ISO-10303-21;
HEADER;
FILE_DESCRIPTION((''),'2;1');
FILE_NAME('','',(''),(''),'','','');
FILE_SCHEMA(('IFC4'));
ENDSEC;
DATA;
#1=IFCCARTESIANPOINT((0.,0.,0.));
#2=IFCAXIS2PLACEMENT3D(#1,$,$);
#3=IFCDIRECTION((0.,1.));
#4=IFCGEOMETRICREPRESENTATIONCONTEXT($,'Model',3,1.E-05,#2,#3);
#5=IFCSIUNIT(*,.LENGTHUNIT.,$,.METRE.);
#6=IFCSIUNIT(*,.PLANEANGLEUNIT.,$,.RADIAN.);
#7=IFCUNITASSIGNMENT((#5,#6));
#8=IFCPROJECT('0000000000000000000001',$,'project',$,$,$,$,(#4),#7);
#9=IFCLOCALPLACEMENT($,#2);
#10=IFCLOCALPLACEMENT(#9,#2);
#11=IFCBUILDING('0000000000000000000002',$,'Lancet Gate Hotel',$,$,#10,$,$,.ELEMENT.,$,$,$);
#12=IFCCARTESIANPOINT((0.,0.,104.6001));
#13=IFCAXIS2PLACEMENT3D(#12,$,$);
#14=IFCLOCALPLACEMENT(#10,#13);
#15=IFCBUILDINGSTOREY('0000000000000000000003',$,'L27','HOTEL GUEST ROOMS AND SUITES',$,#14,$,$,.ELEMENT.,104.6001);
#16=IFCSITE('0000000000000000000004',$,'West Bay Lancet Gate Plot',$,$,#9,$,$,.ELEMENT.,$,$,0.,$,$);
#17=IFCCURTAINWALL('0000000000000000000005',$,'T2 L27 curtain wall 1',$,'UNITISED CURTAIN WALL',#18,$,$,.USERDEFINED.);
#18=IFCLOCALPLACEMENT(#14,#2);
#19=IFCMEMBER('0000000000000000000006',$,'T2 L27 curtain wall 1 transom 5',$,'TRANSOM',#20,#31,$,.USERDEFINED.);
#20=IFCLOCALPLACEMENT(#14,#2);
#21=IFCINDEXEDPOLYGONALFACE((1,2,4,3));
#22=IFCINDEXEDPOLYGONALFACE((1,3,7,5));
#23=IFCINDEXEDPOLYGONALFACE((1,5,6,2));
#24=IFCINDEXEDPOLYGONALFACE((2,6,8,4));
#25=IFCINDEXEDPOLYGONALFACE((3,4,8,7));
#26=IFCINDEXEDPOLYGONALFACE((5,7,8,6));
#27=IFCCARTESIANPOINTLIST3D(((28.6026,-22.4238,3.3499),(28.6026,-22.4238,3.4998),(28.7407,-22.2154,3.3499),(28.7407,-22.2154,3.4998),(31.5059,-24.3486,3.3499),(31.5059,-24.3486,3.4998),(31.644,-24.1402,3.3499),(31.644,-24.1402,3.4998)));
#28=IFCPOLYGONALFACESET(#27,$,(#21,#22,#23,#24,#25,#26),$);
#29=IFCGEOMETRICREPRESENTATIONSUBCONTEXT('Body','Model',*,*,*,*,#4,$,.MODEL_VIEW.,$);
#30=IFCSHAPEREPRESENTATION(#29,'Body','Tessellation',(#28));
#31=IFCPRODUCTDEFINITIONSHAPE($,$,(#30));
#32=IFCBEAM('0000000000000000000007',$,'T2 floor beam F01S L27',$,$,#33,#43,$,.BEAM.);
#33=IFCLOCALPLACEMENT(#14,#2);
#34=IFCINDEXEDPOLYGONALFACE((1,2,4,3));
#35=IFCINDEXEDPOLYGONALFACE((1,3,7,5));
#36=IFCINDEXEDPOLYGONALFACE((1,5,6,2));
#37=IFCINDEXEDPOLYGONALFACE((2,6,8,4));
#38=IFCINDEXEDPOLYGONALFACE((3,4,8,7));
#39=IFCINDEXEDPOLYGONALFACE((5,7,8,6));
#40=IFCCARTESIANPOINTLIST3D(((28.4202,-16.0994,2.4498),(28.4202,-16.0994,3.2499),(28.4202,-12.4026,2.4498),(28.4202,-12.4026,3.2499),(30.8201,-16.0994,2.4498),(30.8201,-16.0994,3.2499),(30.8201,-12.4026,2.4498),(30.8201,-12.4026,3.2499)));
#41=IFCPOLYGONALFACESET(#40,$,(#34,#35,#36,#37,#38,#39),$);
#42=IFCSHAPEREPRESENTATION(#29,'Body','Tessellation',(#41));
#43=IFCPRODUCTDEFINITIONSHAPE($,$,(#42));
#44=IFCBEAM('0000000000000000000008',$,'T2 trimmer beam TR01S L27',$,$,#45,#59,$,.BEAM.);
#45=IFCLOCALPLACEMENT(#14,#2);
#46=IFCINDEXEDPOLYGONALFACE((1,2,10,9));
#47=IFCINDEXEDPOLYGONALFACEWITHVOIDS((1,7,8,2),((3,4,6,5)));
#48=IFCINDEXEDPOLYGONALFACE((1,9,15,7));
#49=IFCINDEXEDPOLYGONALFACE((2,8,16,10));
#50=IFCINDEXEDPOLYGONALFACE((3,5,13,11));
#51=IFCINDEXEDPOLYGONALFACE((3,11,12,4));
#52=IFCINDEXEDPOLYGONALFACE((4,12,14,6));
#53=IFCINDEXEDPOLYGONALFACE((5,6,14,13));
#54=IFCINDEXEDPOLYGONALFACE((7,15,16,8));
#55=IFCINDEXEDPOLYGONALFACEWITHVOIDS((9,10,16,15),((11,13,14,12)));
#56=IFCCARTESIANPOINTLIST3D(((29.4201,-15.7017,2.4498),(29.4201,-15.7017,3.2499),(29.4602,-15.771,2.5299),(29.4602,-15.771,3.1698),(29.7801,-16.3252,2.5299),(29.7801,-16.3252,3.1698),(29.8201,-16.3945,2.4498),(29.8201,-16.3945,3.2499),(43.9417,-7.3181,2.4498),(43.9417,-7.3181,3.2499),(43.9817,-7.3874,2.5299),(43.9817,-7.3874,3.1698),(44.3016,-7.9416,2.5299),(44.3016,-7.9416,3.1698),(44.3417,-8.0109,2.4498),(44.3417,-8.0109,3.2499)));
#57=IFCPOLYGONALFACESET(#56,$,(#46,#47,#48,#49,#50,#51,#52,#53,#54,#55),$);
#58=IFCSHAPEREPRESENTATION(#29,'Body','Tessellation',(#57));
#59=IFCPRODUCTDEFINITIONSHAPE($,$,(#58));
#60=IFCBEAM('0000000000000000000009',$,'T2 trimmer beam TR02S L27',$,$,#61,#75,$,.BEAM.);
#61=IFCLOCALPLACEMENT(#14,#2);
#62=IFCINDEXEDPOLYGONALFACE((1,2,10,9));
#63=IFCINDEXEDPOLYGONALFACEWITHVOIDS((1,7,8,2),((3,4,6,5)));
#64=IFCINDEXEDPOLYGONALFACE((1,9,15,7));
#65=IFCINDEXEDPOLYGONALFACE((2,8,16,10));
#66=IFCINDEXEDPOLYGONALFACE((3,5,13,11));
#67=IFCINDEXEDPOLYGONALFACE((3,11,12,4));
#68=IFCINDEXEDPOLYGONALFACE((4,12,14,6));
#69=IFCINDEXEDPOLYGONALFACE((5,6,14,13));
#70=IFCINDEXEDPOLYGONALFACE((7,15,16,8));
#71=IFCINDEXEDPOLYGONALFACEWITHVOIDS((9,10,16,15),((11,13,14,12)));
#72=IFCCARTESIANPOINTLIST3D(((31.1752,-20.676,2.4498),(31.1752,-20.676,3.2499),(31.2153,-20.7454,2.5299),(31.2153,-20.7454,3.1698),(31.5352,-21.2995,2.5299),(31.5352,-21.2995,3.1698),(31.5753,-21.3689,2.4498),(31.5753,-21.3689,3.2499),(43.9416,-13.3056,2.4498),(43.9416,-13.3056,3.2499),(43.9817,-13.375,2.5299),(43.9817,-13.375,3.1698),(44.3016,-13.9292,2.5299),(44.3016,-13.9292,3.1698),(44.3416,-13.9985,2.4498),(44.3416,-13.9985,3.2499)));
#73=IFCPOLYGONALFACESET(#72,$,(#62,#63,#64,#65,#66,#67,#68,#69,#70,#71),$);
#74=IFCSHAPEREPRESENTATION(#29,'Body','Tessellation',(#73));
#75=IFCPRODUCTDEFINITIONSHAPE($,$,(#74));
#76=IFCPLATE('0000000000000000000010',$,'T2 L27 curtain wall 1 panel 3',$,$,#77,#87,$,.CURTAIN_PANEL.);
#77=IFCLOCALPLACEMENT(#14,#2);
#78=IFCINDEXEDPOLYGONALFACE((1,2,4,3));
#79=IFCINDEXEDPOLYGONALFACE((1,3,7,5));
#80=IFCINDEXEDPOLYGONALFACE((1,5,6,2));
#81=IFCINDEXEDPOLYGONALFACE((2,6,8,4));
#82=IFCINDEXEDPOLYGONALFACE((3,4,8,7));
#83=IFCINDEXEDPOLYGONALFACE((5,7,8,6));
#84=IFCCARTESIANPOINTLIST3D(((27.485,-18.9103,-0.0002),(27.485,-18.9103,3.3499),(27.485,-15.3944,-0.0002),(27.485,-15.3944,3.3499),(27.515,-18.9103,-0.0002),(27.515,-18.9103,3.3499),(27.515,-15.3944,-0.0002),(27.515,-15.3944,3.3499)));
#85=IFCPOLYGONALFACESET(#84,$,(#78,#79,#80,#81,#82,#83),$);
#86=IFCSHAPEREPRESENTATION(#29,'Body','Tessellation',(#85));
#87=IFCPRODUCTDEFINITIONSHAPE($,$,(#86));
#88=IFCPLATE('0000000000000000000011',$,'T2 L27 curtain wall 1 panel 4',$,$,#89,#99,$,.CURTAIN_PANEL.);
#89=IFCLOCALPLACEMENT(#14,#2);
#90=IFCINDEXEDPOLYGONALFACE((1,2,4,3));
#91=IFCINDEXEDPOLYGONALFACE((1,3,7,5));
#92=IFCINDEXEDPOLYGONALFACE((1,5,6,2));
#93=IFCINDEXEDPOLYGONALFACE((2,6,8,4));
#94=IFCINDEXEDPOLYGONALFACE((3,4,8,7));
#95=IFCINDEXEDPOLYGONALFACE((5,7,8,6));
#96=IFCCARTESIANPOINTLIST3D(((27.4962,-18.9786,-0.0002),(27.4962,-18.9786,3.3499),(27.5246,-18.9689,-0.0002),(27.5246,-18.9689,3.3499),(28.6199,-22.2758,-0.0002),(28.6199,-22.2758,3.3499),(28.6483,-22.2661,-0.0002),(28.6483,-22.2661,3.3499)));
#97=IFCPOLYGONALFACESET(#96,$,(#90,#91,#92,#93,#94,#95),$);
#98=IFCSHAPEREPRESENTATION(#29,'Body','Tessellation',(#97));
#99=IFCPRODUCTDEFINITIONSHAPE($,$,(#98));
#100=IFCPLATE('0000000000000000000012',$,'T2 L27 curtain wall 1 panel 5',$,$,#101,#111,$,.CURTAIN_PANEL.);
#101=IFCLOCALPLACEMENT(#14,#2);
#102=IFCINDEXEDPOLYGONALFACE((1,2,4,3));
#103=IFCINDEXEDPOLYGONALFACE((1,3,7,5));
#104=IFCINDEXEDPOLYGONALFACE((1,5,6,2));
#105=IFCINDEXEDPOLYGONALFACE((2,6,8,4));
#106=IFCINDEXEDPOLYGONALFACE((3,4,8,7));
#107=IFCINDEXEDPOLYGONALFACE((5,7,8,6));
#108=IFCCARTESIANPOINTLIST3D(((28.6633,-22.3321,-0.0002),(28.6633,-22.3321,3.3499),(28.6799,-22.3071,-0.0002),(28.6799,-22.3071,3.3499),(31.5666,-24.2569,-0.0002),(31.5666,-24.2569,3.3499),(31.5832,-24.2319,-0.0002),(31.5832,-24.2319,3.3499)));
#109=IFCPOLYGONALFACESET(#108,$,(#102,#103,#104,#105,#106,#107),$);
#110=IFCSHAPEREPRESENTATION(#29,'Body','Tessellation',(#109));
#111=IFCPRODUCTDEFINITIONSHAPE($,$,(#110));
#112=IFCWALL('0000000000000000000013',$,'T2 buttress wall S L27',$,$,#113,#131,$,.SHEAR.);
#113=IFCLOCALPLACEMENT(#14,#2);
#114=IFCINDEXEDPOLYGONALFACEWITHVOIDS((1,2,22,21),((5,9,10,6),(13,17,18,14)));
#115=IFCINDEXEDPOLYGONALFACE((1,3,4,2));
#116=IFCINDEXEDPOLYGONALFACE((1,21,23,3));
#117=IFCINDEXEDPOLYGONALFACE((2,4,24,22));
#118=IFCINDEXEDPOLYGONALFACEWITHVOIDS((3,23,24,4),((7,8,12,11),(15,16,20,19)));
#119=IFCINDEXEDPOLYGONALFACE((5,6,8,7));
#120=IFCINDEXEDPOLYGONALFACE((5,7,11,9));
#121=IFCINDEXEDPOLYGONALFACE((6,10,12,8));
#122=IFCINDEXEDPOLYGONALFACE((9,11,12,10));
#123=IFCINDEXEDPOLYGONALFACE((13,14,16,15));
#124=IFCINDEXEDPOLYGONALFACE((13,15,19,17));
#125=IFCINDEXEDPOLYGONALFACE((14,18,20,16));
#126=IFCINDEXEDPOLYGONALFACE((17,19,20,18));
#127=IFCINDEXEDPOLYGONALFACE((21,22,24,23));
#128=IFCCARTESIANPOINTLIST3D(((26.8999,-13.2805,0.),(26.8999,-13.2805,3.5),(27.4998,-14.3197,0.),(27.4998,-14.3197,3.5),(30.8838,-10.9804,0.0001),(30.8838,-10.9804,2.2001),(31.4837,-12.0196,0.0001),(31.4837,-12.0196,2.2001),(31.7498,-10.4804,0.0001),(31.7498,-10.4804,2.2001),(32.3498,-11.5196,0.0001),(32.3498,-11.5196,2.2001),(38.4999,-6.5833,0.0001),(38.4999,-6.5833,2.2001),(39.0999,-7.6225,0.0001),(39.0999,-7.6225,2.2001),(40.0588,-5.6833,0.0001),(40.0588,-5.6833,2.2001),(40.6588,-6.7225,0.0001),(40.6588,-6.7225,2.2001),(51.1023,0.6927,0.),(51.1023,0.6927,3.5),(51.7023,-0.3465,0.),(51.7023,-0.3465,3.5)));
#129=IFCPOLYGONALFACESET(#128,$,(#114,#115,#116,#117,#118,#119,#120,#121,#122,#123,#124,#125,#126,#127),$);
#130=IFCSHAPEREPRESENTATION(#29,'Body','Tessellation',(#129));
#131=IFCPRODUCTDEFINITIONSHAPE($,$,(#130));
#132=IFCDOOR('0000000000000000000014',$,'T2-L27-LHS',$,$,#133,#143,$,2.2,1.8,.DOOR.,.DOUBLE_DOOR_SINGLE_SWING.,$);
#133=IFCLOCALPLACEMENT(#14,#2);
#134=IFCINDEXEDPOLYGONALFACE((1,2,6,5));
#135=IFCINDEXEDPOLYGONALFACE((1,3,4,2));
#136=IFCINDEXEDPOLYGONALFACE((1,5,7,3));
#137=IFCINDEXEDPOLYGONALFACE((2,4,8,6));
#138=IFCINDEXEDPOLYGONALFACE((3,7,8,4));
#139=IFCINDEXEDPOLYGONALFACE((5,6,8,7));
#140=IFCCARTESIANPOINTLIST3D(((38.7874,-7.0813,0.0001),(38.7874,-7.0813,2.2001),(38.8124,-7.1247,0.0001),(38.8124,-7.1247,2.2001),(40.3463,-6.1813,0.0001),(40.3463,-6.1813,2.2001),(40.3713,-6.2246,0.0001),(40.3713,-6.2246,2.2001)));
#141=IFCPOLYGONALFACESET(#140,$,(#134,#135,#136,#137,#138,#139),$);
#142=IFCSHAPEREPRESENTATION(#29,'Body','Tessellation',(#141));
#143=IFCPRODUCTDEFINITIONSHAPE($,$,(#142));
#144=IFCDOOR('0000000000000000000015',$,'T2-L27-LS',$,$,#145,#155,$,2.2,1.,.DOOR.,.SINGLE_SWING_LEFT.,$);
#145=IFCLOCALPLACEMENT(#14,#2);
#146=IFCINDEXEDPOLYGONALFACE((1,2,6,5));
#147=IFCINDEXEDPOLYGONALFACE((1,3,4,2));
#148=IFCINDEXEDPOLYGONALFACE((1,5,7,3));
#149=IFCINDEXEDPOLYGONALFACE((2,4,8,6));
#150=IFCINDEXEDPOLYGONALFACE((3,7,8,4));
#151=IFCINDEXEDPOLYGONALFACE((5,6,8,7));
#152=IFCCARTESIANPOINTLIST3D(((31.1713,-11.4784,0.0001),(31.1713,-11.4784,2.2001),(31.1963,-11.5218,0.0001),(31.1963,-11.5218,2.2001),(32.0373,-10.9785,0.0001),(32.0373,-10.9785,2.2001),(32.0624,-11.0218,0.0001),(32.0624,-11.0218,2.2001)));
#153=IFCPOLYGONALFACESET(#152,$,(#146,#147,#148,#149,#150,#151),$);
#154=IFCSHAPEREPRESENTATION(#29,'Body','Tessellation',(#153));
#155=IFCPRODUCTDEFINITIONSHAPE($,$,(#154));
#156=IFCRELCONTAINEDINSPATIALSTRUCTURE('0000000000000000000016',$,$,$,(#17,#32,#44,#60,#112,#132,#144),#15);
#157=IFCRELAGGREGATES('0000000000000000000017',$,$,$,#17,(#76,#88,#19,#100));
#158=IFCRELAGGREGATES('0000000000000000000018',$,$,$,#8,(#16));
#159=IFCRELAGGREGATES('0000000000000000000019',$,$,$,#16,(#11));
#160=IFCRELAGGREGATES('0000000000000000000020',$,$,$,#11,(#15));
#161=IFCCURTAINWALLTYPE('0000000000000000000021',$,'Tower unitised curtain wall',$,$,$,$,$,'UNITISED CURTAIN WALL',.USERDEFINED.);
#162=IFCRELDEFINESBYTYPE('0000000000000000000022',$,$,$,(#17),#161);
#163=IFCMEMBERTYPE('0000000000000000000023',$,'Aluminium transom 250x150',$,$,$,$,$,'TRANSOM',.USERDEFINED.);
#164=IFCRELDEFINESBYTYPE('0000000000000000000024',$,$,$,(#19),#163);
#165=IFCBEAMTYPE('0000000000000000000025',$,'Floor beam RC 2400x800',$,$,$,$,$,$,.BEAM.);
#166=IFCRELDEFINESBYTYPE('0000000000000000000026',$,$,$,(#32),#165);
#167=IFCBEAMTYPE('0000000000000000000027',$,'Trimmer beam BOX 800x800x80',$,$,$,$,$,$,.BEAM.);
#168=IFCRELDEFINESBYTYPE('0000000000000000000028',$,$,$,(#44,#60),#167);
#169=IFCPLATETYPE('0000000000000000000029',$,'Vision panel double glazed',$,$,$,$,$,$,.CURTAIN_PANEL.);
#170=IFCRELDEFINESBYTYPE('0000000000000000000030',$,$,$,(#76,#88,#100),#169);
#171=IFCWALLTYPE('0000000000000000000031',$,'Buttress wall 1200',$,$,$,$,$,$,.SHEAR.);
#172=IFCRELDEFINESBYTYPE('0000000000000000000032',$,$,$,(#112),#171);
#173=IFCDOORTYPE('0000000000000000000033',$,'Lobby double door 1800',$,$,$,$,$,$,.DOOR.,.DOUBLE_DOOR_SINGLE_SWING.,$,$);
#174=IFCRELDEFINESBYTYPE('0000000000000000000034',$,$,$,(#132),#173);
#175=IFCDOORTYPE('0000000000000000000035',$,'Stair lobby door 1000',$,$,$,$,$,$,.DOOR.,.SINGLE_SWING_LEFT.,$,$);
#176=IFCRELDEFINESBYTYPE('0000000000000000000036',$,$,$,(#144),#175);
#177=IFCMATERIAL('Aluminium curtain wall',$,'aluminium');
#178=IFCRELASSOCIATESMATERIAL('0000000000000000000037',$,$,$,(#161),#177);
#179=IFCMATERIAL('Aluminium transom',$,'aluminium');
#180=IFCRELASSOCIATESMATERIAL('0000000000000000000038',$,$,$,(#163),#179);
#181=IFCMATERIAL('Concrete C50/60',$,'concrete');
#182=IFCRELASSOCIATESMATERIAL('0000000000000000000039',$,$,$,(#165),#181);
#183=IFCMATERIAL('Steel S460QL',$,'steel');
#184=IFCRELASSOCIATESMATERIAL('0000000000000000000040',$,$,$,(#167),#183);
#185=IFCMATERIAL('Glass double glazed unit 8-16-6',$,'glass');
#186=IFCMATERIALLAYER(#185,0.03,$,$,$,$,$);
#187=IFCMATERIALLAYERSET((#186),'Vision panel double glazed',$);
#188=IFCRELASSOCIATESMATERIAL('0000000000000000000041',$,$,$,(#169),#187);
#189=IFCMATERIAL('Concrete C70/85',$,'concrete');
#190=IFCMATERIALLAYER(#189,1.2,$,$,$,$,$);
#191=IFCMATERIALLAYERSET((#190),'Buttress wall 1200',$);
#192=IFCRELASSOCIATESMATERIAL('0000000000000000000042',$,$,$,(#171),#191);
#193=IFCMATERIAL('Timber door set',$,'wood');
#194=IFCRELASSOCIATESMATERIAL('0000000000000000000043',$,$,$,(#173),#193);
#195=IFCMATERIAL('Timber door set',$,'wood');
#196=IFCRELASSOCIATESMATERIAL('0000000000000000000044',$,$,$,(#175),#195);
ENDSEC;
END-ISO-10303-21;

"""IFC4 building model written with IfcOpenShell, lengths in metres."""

from ifc_helpers import new_model, si_unit, direction, frame, frame_2d, origin, origin_2d, place, context, subcontext, project, spatial, rectangle, hollow_rectangle, extrude, material, layer, layer_set, material_profile, profile_set, type_object, element, fill, aggregate, save


model = new_model("IFC4")

# Units and contexts
model_context = context("Model", 3, precision=1e-05, world=origin(), true_north=direction((0.0, 1.0)))
body_context = subcontext(model_context, "Body", "Model", "MODEL_VIEW")
ifc_project = project(units=[si_unit("LENGTHUNIT", "METRE"), si_unit("PLANEANGLEUNIT", "RADIAN")], contexts=[model_context])

# Site, building, storey
site_placement = place(None, origin())
site = spatial("IfcSite", under=ifc_project, at=site_placement, Name="West Bay Lancet Gate Plot", CompositionType="ELEMENT", RefElevation=0.0)
building_placement = place(site_placement, origin())
building = spatial("IfcBuilding", under=site, at=building_placement, Name="Lancet Gate Hotel", CompositionType="ELEMENT")
storey_placement = place(building_placement, frame((0.0, 0.0, 104.6001)))
storey = spatial("IfcBuildingStorey", under=building, at=storey_placement, Name="L27", Description="HOTEL GUEST ROOMS AND SUITES", CompositionType="ELEMENT", Elevation=104.6001)

# Curtain wall, member
ifc_material_1 = material(Name="Aluminium curtain wall", Category="aluminium")
curtain_wall_type = type_object("IfcCurtainWallType", Name="Tower unitised curtain wall", ElementType="UNITISED CURTAIN WALL", PredefinedType="USERDEFINED", material=ifc_material_1)
curtain_wall_placement = place(storey_placement, origin())
curtain_wall = element("IfcCurtainWall", 1, at=curtain_wall_placement, inside=storey, type_object=curtain_wall_type, Name="T2 L27 curtain wall 1", ObjectType="UNITISED CURTAIN WALL", PredefinedType="USERDEFINED")
ifc_material_2 = material(Name="Aluminium transom", Category="aluminium")
ifc_material_profile_1 = material_profile(ifc_material_2, rectangle(XDim=0.25, YDim=0.1499, at=origin_2d()), Name="TRANSOM 250x150")
ifc_profile_set_1 = profile_set([ifc_material_profile_1], Name="Aluminium transom")
member_type_1 = type_object("IfcMemberType", Name="Aluminium transom 250x150", ElementType="TRANSOM", PredefinedType="USERDEFINED", material=ifc_profile_set_1)
member_1_placement = place(storey_placement, frame((28.6716, -22.3196, 3.4248), z_axis=(0.833471, -0.552563, 0.0), x_axis=(0.552563, 0.833471, 0.0)))
member_1 = element("IfcMember", 2, at=member_1_placement, type_object=member_type_1, Name="T2 L27 curtain wall 1 transom 5", ObjectType="TRANSOM", PredefinedType="USERDEFINED", context=body_context, shape_type="SweptSolid", body=[
    extrude(rectangle(XDim=0.25, YDim=0.1499, at=origin_2d()), origin(), (0.0, 0.0, 1.0), 3.4834),
])

# Beams
ifc_material_3 = material(Name="Concrete C50/60", Category="concrete")
ifc_material_profile_2 = material_profile(ifc_material_3, rectangle(XDim=2.3999, YDim=0.8, at=origin_2d()), Name="RC 2400x800")
ifc_profile_set_2 = profile_set([ifc_material_profile_2], Name="Concrete C50/60")
beam_type_1 = type_object("IfcBeamType", Name="Floor beam RC 2400x800", PredefinedType="BEAM", material=ifc_profile_set_2)
beam_1_placement = place(storey_placement, frame((29.6201, -16.0994, 2.8499), z_axis=(0.0, 1.0, 0.0), x_axis=(-1.0, 0.0, 0.0)))
element("IfcBeam", 3, at=beam_1_placement, inside=storey, type_object=beam_type_1, Name="T2 floor beam F01S L27", PredefinedType="BEAM", context=body_context, shape_type="SweptSolid", body=[
    extrude(rectangle(XDim=2.3999, YDim=0.8, at=origin_2d()), origin(), (0.0, 0.0, 1.0), 3.6968),
])
ifc_material_4 = material(Name="Steel S460QL", Category="steel")
ifc_material_profile_3 = material_profile(ifc_material_4, hollow_rectangle(XDim=0.8, YDim=0.8, WallThickness=0.0801, at=origin_2d()), Name="BOX 800x800x80")
ifc_profile_set_3 = profile_set([ifc_material_profile_3], Name="Steel S460QL")
beam_type_2 = type_object("IfcBeamType", Name="Trimmer beam BOX 800x800x80", PredefinedType="BEAM", material=ifc_profile_set_3)
beam_2_placement = place(storey_placement, frame((29.6201, -16.0481, 2.8499), z_axis=(0.866037, 0.49998, 0.0), x_axis=(-0.49998, 0.866037, 0.0)))
element("IfcBeam", 4, at=beam_2_placement, inside=storey, type_object=beam_type_2, Name="T2 trimmer beam TR01S L27", PredefinedType="BEAM", context=body_context, shape_type="SweptSolid", body=[
    extrude(hollow_rectangle(XDim=0.8, YDim=0.8, WallThickness=0.0801, at=origin_2d()), origin(), (0.0, 0.0, 1.0), 16.7678),
])
beam_3_placement = place(storey_placement, frame((31.3752, -21.0225, 2.8499), z_axis=(0.866034, 0.499985, 0.0), x_axis=(-0.499985, 0.866034, 0.0)))
element("IfcBeam", 5, at=beam_3_placement, inside=storey, type_object=beam_type_2, Name="T2 trimmer beam TR02S L27", PredefinedType="BEAM", context=body_context, shape_type="SweptSolid", body=[
    extrude(hollow_rectangle(XDim=0.8, YDim=0.8, WallThickness=0.0801, at=origin_2d()), origin(), (0.0, 0.0, 1.0), 14.7412),
])

# Plates
ifc_material_5 = material(Name="Glass double glazed unit 8-16-6", Category="glass")
ifc_layer_1 = layer(ifc_material_5, 0.03)
ifc_layer_set_1 = layer_set([ifc_layer_1], Name="Vision panel double glazed")
plate_type = type_object("IfcPlateType", Name="Vision panel double glazed", PredefinedType="CURTAIN_PANEL", material=ifc_layer_set_1)
plate_1_placement = place(storey_placement, frame((27.5, -17.1523, -0.0002), z_axis=(0.0, 0.0, 1.0), x_axis=(0.0, -1.0, 0.0)))
plate_1 = element("IfcPlate", 6, at=plate_1_placement, type_object=plate_type, Name="T2 L27 curtain wall 1 panel 3", PredefinedType="CURTAIN_PANEL", context=body_context, shape_type="SweptSolid", body=[
    extrude(rectangle(XDim=3.5159, YDim=0.03, at=origin_2d()), origin(), (0.0, 0.0, 1.0), 3.3501),
])
plate_2_placement = place(storey_placement, frame((28.0723, -20.6223, -0.0002), z_axis=(0.0, 0.0, 1.0), x_axis=(0.322576, -0.946544, 0.0)))
plate_2 = element("IfcPlate", 7, at=plate_2_placement, type_object=plate_type, Name="T2 L27 curtain wall 1 panel 4", PredefinedType="CURTAIN_PANEL", context=body_context, shape_type="SweptSolid", body=[
    extrude(rectangle(XDim=3.4834, YDim=0.03, at=origin_2d()), origin(), (0.0, 0.0, 1.0), 3.3501),
])
plate_3_placement = place(storey_placement, frame((30.1233, -23.282, -0.0002), z_axis=(0.0, 0.0, 1.0), x_axis=(0.833465, -0.552573, 0.0)))
plate_3 = element("IfcPlate", 8, at=plate_3_placement, type_object=plate_type, Name="T2 L27 curtain wall 1 panel 5", PredefinedType="CURTAIN_PANEL", context=body_context, shape_type="SweptSolid", body=[
    extrude(rectangle(XDim=3.4834, YDim=0.03, at=origin_2d()), origin(), (0.0, 0.0, 1.0), 3.3501),
])
aggregate(curtain_wall, [plate_1, plate_2, member_1, plate_3])

# Wall, openings, doors
ifc_material_6 = material(Name="Concrete C70/85", Category="concrete")
ifc_layer_2 = layer(ifc_material_6, 1.2)
ifc_layer_set_2 = layer_set([ifc_layer_2], Name="Buttress wall 1200")
wall_type_1 = type_object("IfcWallType", Name="Buttress wall 1200", PredefinedType="SHEAR", material=ifc_layer_set_2)
wall_1_placement = place(storey_placement, frame((27.2, -13.8, 0.0), z_axis=(0.0, 0.0, 1.0), x_axis=(0.866027, 0.499997, 0.0)))
wall_1 = element("IfcWall", 9, at=wall_1_placement, inside=storey, type_object=wall_type_1, Name="T2 buttress wall S L27", PredefinedType="SHEAR", context=body_context, shape_type="SweptSolid", body=[
    extrude(rectangle(XDim=27.9465, YDim=1.2, at=frame_2d((13.9731, 0.0))), origin(), (0.0, 0.0, 1.0), 3.5),
])
opening_1_placement = place(wall_1_placement, frame((4.6001, 0.0, 0.0)))
opening_1 = element("IfcOpeningElement", 10, at=opening_1_placement, cuts=wall_1, PredefinedType="OPENING", context=body_context, shape_type="SweptSolid", body=[
    extrude(rectangle(XDim=1.0, YDim=2.2, at=frame_2d((0.5, 1.1001))), frame((0.0, 0.6099, 0.0), z_axis=(0.0, -1.0, 0.0), x_axis=(1.0, 0.0, 0.0)), (0.0, 0.0, 1.0), 1.22),
])
opening_2_placement = place(wall_1_placement, frame((13.3945, 0.0, 0.0)))
opening_2 = element("IfcOpeningElement", 11, at=opening_2_placement, cuts=wall_1, PredefinedType="OPENING", context=body_context, shape_type="SweptSolid", body=[
    extrude(rectangle(XDim=1.8, YDim=2.2, at=frame_2d((0.8999, 1.1001))), frame((0.0, 0.6099, 0.0), z_axis=(0.0, -1.0, 0.0), x_axis=(1.0, 0.0, 0.0)), (0.0, 0.0, 1.0), 1.22),
])
ifc_material_7 = material(Name="Timber door set", Category="wood")
door_type_1 = type_object("IfcDoorType", Name="Lobby double door 1800", OperationType="DOUBLE_DOOR_SINGLE_SWING", PredefinedType="DOOR", material=ifc_material_7)
door_1_placement = place(opening_2_placement, origin())
door_1 = element("IfcDoor", 12, at=door_1_placement, inside=storey, type_object=door_type_1, Name="T2-L27-LHS", OperationType="DOUBLE_DOOR_SINGLE_SWING", OverallHeight=2.2, OverallWidth=1.8, PredefinedType="DOOR", context=body_context, shape_type="SweptSolid", body=[
    extrude(rectangle(XDim=1.8, YDim=2.2, at=frame_2d((0.8999, 1.1001))), frame((0.0, 0.0249, 0.0), z_axis=(0.0, -1.0, 0.0), x_axis=(1.0, 0.0, 0.0)), (0.0, 0.0, 1.0), 0.05),
])
fill(opening_2, door_1)
ifc_material_8 = material(Name="Timber door set", Category="wood")
door_type_2 = type_object("IfcDoorType", Name="Stair lobby door 1000", OperationType="SINGLE_SWING_LEFT", PredefinedType="DOOR", material=ifc_material_8)
door_2_placement = place(opening_1_placement, origin())
door_2 = element("IfcDoor", 13, at=door_2_placement, inside=storey, type_object=door_type_2, Name="T2-L27-LS", OperationType="SINGLE_SWING_LEFT", OverallHeight=2.2, OverallWidth=1.0, PredefinedType="DOOR", context=body_context, shape_type="SweptSolid", body=[
    extrude(rectangle(XDim=1.0, YDim=2.2, at=frame_2d((0.5, 1.1001))), frame((0.0, 0.0249, 0.0), z_axis=(0.0, -1.0, 0.0), x_axis=(1.0, 0.0, 0.0)), (0.0, 0.0, 1.0), 0.05),
])
fill(opening_1, door_2)

save(model, "model.ifc")
